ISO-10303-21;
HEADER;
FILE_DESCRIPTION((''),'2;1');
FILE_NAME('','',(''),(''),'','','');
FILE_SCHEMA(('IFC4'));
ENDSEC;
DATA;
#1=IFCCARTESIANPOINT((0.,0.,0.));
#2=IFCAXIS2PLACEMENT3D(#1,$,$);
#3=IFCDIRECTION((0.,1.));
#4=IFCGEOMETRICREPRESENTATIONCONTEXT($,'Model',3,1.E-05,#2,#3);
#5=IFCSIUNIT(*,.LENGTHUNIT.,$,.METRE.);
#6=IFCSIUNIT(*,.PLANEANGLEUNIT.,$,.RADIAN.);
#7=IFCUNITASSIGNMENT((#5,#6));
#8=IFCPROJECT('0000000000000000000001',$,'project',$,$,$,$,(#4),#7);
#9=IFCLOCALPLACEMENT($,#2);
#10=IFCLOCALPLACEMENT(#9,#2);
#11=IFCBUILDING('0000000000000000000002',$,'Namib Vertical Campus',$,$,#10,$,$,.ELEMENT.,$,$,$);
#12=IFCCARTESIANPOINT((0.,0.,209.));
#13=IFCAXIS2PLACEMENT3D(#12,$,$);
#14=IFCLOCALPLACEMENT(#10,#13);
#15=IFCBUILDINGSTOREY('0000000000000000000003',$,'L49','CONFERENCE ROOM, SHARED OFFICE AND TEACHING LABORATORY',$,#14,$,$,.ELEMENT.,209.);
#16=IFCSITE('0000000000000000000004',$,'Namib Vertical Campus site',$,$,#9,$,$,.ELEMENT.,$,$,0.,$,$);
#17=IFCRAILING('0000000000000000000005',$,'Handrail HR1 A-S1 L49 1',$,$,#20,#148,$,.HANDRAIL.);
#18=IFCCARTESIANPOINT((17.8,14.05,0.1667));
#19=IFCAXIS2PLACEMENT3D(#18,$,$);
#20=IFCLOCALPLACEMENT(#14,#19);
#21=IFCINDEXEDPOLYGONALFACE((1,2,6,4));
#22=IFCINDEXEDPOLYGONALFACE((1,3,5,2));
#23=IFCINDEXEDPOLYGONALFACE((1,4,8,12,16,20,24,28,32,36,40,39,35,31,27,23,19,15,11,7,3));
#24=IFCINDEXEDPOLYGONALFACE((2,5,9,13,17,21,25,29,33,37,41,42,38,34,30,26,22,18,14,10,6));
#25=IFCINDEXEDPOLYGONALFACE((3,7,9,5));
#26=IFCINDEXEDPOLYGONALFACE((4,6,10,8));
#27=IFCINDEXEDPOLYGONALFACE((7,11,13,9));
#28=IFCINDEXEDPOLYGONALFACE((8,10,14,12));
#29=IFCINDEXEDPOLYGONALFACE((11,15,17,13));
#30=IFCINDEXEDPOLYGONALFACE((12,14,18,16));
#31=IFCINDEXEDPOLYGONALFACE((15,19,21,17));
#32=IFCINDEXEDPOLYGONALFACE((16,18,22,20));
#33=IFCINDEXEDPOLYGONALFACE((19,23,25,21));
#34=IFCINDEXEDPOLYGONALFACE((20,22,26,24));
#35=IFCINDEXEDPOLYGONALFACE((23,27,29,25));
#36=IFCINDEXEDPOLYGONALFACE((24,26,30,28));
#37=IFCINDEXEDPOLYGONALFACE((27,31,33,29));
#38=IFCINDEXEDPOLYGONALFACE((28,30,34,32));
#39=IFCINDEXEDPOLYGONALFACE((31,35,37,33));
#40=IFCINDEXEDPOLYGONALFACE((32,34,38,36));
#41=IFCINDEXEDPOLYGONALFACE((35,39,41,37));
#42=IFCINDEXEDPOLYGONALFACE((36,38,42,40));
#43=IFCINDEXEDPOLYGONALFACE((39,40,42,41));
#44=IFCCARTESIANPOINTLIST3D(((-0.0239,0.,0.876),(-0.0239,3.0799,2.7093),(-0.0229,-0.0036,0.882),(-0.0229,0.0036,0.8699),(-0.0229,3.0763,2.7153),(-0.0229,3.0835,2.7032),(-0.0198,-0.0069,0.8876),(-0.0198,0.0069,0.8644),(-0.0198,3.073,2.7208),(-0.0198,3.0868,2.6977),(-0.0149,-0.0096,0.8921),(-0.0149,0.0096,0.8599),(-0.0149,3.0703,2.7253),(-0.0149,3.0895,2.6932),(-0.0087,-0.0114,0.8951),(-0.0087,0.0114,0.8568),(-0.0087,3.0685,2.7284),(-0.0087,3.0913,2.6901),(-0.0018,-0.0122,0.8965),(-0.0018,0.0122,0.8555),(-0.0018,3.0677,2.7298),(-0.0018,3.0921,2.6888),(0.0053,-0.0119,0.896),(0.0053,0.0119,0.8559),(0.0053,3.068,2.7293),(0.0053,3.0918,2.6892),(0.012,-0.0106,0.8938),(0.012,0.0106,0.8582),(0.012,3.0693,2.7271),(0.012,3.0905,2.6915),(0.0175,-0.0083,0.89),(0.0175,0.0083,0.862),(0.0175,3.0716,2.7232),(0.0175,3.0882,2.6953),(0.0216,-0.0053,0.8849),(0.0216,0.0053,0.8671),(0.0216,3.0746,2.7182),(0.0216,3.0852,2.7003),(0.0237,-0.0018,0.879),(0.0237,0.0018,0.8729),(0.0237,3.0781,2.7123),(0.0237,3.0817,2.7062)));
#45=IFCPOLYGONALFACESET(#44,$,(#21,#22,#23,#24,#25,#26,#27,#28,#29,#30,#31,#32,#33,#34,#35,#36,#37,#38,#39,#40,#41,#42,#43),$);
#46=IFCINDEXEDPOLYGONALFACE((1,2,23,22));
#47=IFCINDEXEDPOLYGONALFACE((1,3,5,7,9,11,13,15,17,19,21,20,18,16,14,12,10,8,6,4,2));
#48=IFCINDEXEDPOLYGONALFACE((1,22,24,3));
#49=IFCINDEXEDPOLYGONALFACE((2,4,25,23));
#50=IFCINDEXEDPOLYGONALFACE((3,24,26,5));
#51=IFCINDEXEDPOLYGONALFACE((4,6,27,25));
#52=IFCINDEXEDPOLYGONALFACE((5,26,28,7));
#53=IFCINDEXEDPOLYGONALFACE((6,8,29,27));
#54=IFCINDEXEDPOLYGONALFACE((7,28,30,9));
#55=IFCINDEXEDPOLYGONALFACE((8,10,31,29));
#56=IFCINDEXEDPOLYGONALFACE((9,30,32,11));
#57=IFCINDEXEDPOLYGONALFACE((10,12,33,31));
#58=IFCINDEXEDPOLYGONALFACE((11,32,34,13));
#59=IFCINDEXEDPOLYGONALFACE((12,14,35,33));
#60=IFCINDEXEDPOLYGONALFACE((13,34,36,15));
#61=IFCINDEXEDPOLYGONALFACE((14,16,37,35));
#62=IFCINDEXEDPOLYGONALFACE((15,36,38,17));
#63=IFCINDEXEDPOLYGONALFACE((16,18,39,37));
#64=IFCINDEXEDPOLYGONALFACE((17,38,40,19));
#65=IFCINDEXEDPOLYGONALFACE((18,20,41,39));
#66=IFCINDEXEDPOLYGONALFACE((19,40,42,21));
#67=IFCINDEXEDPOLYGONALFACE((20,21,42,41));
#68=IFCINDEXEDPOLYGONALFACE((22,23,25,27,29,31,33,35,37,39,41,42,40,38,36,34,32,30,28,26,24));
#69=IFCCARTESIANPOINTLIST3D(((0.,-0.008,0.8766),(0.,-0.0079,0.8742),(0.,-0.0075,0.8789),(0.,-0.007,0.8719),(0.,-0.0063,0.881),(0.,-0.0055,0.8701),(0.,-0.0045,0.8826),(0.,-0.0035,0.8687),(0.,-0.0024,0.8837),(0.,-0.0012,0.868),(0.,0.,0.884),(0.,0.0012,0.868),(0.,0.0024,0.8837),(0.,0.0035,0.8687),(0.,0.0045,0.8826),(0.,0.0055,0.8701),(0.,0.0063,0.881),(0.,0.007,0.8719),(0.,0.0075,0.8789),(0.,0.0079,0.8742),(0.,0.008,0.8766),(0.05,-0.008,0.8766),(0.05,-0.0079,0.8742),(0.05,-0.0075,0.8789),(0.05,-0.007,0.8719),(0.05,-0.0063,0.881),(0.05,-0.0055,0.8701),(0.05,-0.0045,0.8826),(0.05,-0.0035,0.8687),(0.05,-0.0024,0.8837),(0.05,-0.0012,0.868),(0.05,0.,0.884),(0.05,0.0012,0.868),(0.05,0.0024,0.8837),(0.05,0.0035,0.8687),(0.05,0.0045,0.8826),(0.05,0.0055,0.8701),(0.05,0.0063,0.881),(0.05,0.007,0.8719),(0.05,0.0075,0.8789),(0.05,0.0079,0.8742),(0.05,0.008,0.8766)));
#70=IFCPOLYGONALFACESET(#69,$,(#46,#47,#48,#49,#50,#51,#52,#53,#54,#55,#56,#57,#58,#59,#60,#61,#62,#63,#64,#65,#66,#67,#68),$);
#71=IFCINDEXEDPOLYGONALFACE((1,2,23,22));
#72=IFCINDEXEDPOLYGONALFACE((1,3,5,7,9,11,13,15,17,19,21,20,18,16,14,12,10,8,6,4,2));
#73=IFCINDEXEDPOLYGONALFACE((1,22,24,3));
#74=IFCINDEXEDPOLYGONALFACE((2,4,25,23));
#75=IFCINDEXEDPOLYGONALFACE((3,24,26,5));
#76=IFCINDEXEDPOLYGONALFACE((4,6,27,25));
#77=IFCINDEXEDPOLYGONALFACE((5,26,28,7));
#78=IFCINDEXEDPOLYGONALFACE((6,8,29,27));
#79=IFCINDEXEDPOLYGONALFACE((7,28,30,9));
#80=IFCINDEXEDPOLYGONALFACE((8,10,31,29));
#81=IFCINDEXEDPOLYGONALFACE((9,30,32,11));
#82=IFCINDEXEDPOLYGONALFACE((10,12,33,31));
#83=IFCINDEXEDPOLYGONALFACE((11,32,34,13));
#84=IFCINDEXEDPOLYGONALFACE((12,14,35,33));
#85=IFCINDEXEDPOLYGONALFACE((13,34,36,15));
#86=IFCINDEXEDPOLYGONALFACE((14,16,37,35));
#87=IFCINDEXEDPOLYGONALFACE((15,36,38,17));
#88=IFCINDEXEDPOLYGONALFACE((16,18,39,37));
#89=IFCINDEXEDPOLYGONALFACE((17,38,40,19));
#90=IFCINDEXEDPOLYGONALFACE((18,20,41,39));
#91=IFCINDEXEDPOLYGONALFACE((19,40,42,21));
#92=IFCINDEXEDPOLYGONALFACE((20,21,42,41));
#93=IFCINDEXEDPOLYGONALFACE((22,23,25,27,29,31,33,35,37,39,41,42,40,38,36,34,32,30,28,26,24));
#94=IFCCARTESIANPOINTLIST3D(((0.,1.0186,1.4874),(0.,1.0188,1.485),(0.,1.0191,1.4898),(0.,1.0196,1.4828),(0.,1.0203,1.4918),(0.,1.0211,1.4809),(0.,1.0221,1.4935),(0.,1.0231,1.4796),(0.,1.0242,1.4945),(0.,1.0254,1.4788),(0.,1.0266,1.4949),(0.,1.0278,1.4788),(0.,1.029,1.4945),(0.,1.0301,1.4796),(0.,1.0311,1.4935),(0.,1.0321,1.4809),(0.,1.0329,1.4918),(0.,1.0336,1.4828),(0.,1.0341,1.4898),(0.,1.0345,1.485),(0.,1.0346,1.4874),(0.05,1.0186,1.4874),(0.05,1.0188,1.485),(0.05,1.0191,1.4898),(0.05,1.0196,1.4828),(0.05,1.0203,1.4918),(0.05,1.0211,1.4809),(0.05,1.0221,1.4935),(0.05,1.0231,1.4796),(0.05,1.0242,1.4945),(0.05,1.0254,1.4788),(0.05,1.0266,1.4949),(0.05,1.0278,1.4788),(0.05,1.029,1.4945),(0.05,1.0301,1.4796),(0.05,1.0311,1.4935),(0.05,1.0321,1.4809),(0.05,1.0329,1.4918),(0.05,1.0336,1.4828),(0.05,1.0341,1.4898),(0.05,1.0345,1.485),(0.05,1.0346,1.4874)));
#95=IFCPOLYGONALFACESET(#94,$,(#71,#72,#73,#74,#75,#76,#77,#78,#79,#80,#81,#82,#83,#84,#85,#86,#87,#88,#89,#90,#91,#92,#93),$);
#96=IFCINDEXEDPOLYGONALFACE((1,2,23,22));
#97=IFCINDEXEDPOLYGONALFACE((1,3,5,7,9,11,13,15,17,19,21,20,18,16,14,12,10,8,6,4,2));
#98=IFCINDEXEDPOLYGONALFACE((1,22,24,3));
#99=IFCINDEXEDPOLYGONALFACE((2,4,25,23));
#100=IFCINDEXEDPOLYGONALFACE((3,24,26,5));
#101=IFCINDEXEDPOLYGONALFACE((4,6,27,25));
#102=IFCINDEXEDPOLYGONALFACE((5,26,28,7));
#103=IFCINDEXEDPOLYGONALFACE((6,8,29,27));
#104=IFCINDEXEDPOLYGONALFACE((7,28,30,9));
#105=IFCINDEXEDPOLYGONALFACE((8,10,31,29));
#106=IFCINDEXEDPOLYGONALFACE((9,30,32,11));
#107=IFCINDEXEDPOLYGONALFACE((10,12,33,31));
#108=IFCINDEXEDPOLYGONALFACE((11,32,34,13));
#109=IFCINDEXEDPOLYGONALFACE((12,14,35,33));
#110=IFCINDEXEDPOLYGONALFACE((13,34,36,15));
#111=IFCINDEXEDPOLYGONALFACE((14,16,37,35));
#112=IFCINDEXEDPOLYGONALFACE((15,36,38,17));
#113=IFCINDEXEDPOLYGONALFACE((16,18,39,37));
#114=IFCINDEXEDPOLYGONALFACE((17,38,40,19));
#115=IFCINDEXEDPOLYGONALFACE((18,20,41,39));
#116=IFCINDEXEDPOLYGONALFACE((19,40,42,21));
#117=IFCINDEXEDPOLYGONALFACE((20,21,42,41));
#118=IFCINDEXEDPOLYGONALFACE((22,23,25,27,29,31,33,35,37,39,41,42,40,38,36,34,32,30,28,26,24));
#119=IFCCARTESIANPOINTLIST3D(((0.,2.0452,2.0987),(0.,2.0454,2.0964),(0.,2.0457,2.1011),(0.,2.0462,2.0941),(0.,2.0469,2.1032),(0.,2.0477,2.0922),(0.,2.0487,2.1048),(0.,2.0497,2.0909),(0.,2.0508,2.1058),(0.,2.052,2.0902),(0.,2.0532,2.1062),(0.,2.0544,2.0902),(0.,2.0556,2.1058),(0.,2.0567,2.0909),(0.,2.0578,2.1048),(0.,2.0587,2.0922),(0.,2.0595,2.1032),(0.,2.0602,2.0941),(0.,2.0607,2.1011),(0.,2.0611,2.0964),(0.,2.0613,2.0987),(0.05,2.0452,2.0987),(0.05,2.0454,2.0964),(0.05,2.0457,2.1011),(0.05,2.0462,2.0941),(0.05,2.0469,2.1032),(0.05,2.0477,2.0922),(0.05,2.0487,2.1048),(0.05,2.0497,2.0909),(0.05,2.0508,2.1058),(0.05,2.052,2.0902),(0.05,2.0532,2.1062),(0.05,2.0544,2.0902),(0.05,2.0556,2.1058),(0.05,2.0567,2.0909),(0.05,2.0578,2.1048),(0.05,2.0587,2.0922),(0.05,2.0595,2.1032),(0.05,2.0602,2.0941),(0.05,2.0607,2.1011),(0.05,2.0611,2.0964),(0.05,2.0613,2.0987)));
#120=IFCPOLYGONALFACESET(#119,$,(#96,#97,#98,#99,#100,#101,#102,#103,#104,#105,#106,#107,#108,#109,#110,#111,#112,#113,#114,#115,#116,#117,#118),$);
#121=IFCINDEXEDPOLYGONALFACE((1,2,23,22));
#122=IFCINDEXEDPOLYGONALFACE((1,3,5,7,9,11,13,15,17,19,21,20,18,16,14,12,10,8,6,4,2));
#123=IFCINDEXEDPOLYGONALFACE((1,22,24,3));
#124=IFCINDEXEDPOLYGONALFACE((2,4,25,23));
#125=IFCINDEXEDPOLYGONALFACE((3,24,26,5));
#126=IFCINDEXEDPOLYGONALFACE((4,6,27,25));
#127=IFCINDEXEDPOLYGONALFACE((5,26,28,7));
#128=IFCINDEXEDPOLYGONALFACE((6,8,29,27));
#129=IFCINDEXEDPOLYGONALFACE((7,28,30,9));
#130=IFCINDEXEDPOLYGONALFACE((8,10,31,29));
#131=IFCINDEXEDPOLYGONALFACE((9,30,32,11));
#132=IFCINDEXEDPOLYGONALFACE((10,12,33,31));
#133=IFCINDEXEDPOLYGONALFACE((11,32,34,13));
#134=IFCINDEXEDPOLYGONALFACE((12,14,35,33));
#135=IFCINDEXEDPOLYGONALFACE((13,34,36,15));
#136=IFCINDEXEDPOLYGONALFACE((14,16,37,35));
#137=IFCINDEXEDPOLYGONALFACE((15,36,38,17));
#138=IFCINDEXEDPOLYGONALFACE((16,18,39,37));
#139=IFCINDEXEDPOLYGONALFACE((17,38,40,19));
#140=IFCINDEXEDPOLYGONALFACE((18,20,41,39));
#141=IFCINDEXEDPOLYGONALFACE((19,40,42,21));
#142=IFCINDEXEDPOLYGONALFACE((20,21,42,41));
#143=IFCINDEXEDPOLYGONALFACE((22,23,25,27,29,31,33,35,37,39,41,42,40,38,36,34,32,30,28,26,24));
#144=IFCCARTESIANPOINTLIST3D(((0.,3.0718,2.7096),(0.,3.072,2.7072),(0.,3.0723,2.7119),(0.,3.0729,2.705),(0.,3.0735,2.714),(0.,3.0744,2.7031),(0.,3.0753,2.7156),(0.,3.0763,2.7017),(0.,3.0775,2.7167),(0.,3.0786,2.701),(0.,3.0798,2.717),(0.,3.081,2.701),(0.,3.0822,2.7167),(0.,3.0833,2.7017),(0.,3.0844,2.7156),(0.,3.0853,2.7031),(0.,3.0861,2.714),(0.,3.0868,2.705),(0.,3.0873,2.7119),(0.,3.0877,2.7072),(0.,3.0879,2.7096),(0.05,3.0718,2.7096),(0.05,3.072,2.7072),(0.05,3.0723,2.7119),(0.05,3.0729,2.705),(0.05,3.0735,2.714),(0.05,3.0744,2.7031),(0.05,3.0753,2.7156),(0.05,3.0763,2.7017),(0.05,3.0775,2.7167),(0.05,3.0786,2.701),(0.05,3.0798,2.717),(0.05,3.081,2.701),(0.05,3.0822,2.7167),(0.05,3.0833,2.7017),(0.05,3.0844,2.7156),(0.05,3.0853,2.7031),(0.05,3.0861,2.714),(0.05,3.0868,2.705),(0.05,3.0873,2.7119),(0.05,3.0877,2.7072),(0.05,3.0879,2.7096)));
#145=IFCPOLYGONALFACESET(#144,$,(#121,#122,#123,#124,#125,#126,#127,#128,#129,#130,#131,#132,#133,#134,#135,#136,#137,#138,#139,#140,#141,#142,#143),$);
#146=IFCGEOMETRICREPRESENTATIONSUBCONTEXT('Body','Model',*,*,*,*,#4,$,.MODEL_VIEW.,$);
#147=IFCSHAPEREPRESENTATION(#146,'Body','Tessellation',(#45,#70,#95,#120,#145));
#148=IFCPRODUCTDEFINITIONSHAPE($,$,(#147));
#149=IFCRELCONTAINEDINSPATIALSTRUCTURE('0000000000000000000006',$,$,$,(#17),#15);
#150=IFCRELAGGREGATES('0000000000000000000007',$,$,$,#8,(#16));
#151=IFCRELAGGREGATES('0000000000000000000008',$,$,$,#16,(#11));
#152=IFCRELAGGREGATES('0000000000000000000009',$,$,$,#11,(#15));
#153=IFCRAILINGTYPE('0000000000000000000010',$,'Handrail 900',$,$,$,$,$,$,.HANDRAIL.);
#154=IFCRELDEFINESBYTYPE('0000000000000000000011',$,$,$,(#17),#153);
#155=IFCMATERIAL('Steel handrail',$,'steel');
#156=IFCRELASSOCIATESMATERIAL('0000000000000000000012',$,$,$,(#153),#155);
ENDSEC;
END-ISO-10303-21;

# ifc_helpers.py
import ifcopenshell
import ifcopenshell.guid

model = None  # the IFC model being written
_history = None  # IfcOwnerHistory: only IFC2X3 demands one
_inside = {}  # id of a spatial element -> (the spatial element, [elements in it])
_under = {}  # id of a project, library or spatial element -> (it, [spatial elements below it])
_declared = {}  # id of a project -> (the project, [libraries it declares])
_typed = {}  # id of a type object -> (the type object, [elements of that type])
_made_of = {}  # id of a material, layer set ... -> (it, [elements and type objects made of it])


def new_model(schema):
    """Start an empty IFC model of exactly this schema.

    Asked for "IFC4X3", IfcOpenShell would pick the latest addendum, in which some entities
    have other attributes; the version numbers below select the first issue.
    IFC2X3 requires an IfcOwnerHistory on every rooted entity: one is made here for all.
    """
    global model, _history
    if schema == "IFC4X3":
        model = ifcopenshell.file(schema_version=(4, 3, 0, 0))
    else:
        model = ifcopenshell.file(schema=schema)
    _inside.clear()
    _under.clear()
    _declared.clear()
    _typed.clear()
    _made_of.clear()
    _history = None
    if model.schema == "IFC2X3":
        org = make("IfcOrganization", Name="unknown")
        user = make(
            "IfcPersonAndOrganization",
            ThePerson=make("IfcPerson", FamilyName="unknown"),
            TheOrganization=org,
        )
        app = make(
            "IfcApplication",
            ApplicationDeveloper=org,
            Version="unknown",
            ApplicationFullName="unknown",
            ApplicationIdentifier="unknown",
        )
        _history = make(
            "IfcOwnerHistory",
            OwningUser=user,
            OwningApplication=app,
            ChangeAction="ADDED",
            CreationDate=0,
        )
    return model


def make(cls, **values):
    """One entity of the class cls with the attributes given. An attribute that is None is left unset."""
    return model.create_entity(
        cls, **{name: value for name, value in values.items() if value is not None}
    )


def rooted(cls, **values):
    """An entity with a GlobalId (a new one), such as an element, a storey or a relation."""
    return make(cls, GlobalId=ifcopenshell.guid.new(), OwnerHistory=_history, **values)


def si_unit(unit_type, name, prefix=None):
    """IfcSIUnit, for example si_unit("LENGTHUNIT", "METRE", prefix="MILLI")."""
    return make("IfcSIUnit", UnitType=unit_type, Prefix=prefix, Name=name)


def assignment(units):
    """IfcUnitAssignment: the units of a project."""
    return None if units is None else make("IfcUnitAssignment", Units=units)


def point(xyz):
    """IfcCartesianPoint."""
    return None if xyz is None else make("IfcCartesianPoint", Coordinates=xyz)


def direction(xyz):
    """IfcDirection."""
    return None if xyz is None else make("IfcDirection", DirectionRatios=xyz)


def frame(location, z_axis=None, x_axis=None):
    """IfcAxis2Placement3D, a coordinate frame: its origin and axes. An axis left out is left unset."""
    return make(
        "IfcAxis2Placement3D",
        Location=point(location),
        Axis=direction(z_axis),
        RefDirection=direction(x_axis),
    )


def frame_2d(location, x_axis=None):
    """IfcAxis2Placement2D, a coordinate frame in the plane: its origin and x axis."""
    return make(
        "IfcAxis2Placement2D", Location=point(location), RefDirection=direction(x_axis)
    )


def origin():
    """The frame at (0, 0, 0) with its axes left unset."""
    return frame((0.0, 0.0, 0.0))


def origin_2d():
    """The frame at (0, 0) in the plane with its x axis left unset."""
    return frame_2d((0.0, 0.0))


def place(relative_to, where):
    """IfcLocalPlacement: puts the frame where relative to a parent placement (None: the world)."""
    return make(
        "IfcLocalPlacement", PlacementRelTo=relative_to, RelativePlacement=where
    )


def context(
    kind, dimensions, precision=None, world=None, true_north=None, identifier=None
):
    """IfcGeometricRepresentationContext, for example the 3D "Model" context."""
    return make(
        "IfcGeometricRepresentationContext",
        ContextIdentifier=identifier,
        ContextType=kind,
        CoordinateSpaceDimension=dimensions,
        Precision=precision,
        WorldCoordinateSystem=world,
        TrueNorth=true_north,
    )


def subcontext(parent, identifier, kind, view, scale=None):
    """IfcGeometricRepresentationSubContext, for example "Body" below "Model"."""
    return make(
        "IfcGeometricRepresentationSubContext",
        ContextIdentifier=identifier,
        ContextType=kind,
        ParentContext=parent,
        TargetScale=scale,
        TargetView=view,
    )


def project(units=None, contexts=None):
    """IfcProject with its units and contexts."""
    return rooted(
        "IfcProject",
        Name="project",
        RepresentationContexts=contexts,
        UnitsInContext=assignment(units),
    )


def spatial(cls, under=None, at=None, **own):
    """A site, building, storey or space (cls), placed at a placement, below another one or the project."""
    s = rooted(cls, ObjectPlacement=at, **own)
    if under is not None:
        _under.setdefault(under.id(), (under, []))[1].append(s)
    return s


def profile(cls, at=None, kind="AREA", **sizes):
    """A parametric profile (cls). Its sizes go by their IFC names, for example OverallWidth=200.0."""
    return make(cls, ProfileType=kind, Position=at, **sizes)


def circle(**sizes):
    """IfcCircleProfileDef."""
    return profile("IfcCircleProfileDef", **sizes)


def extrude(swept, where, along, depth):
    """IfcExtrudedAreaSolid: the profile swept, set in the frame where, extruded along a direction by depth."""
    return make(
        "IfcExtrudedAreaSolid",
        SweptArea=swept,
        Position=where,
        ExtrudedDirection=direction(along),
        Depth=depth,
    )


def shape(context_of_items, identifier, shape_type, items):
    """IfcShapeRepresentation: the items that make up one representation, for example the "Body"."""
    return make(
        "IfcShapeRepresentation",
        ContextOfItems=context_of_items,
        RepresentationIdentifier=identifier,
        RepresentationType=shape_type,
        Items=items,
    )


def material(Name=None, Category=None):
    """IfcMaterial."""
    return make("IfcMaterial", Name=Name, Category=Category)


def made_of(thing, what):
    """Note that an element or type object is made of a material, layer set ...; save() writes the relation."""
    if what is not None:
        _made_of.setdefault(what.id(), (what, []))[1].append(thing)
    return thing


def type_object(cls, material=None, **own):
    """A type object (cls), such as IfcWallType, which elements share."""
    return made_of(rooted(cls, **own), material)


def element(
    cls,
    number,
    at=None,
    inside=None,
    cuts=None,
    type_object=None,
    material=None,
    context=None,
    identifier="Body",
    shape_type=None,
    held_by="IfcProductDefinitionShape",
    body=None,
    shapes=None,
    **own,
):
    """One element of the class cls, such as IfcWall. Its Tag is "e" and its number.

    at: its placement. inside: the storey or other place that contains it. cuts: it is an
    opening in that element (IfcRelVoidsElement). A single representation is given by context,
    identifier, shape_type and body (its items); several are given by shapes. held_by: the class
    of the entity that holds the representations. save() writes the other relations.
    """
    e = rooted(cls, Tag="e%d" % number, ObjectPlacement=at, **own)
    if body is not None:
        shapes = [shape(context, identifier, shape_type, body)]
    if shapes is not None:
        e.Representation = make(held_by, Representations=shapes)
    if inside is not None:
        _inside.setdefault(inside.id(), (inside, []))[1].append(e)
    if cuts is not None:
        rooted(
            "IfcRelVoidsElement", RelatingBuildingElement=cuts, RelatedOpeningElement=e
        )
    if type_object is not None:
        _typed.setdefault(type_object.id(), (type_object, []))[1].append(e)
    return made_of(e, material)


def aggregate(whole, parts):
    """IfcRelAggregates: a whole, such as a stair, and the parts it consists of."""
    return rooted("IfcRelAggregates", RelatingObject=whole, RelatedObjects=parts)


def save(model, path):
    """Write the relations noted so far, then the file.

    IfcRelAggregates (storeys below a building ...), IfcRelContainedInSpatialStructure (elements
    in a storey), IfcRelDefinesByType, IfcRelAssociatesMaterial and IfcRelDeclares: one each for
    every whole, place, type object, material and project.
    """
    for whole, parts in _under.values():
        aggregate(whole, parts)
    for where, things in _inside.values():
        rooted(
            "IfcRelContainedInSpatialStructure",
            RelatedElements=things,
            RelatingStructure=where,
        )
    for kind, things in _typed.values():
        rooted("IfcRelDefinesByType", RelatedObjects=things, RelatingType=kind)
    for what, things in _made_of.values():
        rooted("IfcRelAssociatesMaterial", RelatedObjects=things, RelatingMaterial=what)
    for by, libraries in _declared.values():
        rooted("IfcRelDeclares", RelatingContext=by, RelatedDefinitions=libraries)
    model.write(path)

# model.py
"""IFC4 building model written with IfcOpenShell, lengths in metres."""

from ifc_helpers import new_model, si_unit, direction, frame, origin, origin_2d, place, context, subcontext, project, spatial, circle, extrude, material, type_object, element, save


model = new_model("IFC4")

# Units and contexts
model_context = context("Model", 3, precision=1e-05, world=origin(), true_north=direction((0.0, 1.0)))
body_context = subcontext(model_context, "Body", "Model", "MODEL_VIEW")
ifc_project = project(units=[si_unit("LENGTHUNIT", "METRE"), si_unit("PLANEANGLEUNIT", "RADIAN")], contexts=[model_context])

# Site, building, storey
site_placement = place(None, origin())
site = spatial("IfcSite", under=ifc_project, at=site_placement, Name="Namib Vertical Campus site", CompositionType="ELEMENT", RefElevation=0.0)
building_placement = place(site_placement, origin())
building = spatial("IfcBuilding", under=site, at=building_placement, Name="Namib Vertical Campus", CompositionType="ELEMENT")
storey_placement = place(building_placement, frame((0.0, 0.0, 209.0)))
storey = spatial("IfcBuildingStorey", under=building, at=storey_placement, Name="L49", Description="CONFERENCE ROOM, SHARED OFFICE AND TEACHING LABORATORY", CompositionType="ELEMENT", Elevation=209.0)

# Railing
ifc_material_1 = material(Name="Steel handrail", Category="steel")
railing_type_1 = type_object("IfcRailingType", Name="Handrail 900", PredefinedType="HANDRAIL", material=ifc_material_1)
railing_1_placement = place(storey_placement, frame((17.8, 14.05, 0.1667)))
element("IfcRailing", 1, at=railing_1_placement, inside=storey, type_object=railing_type_1, Name="Handrail HR1 A-S1 L49 1", PredefinedType="HANDRAIL", context=body_context, shape_type="SweptSolid", body=[
    extrude(circle(Radius=0.0239, at=origin_2d()), frame((0.0, 0.0, 0.876), z_axis=(0.0, 0.859291, 0.511487), x_axis=(-1.0, 0.0, 0.0)), (0.0, 0.0, 1.0), 3.5842),
    extrude(circle(Radius=0.0081, at=origin_2d()), frame((0.0, 0.0, 0.876), z_axis=(1.0, 0.0, 0.0), x_axis=(0.0, 0.0, 1.0)), (0.0, 0.0, 1.0), 0.05),
    extrude(circle(Radius=0.0081, at=origin_2d()), frame((0.0, 1.0266, 1.4868), z_axis=(1.0, 0.0, 0.0), x_axis=(0.0, 0.0, 1.0)), (0.0, 0.0, 1.0), 0.05),
    extrude(circle(Radius=0.0081, at=origin_2d()), frame((0.0, 2.0532, 2.0981), z_axis=(1.0, 0.0, 0.0), x_axis=(0.0, 0.0, 1.0)), (0.0, 0.0, 1.0), 0.05),
    extrude(circle(Radius=0.0081, at=origin_2d()), frame((0.0, 3.0798, 2.709), z_axis=(1.0, 0.0, 0.0), x_axis=(0.0, 0.0, 1.0)), (0.0, 0.0, 1.0), 0.05),
])

save(model, "model.ifc")
